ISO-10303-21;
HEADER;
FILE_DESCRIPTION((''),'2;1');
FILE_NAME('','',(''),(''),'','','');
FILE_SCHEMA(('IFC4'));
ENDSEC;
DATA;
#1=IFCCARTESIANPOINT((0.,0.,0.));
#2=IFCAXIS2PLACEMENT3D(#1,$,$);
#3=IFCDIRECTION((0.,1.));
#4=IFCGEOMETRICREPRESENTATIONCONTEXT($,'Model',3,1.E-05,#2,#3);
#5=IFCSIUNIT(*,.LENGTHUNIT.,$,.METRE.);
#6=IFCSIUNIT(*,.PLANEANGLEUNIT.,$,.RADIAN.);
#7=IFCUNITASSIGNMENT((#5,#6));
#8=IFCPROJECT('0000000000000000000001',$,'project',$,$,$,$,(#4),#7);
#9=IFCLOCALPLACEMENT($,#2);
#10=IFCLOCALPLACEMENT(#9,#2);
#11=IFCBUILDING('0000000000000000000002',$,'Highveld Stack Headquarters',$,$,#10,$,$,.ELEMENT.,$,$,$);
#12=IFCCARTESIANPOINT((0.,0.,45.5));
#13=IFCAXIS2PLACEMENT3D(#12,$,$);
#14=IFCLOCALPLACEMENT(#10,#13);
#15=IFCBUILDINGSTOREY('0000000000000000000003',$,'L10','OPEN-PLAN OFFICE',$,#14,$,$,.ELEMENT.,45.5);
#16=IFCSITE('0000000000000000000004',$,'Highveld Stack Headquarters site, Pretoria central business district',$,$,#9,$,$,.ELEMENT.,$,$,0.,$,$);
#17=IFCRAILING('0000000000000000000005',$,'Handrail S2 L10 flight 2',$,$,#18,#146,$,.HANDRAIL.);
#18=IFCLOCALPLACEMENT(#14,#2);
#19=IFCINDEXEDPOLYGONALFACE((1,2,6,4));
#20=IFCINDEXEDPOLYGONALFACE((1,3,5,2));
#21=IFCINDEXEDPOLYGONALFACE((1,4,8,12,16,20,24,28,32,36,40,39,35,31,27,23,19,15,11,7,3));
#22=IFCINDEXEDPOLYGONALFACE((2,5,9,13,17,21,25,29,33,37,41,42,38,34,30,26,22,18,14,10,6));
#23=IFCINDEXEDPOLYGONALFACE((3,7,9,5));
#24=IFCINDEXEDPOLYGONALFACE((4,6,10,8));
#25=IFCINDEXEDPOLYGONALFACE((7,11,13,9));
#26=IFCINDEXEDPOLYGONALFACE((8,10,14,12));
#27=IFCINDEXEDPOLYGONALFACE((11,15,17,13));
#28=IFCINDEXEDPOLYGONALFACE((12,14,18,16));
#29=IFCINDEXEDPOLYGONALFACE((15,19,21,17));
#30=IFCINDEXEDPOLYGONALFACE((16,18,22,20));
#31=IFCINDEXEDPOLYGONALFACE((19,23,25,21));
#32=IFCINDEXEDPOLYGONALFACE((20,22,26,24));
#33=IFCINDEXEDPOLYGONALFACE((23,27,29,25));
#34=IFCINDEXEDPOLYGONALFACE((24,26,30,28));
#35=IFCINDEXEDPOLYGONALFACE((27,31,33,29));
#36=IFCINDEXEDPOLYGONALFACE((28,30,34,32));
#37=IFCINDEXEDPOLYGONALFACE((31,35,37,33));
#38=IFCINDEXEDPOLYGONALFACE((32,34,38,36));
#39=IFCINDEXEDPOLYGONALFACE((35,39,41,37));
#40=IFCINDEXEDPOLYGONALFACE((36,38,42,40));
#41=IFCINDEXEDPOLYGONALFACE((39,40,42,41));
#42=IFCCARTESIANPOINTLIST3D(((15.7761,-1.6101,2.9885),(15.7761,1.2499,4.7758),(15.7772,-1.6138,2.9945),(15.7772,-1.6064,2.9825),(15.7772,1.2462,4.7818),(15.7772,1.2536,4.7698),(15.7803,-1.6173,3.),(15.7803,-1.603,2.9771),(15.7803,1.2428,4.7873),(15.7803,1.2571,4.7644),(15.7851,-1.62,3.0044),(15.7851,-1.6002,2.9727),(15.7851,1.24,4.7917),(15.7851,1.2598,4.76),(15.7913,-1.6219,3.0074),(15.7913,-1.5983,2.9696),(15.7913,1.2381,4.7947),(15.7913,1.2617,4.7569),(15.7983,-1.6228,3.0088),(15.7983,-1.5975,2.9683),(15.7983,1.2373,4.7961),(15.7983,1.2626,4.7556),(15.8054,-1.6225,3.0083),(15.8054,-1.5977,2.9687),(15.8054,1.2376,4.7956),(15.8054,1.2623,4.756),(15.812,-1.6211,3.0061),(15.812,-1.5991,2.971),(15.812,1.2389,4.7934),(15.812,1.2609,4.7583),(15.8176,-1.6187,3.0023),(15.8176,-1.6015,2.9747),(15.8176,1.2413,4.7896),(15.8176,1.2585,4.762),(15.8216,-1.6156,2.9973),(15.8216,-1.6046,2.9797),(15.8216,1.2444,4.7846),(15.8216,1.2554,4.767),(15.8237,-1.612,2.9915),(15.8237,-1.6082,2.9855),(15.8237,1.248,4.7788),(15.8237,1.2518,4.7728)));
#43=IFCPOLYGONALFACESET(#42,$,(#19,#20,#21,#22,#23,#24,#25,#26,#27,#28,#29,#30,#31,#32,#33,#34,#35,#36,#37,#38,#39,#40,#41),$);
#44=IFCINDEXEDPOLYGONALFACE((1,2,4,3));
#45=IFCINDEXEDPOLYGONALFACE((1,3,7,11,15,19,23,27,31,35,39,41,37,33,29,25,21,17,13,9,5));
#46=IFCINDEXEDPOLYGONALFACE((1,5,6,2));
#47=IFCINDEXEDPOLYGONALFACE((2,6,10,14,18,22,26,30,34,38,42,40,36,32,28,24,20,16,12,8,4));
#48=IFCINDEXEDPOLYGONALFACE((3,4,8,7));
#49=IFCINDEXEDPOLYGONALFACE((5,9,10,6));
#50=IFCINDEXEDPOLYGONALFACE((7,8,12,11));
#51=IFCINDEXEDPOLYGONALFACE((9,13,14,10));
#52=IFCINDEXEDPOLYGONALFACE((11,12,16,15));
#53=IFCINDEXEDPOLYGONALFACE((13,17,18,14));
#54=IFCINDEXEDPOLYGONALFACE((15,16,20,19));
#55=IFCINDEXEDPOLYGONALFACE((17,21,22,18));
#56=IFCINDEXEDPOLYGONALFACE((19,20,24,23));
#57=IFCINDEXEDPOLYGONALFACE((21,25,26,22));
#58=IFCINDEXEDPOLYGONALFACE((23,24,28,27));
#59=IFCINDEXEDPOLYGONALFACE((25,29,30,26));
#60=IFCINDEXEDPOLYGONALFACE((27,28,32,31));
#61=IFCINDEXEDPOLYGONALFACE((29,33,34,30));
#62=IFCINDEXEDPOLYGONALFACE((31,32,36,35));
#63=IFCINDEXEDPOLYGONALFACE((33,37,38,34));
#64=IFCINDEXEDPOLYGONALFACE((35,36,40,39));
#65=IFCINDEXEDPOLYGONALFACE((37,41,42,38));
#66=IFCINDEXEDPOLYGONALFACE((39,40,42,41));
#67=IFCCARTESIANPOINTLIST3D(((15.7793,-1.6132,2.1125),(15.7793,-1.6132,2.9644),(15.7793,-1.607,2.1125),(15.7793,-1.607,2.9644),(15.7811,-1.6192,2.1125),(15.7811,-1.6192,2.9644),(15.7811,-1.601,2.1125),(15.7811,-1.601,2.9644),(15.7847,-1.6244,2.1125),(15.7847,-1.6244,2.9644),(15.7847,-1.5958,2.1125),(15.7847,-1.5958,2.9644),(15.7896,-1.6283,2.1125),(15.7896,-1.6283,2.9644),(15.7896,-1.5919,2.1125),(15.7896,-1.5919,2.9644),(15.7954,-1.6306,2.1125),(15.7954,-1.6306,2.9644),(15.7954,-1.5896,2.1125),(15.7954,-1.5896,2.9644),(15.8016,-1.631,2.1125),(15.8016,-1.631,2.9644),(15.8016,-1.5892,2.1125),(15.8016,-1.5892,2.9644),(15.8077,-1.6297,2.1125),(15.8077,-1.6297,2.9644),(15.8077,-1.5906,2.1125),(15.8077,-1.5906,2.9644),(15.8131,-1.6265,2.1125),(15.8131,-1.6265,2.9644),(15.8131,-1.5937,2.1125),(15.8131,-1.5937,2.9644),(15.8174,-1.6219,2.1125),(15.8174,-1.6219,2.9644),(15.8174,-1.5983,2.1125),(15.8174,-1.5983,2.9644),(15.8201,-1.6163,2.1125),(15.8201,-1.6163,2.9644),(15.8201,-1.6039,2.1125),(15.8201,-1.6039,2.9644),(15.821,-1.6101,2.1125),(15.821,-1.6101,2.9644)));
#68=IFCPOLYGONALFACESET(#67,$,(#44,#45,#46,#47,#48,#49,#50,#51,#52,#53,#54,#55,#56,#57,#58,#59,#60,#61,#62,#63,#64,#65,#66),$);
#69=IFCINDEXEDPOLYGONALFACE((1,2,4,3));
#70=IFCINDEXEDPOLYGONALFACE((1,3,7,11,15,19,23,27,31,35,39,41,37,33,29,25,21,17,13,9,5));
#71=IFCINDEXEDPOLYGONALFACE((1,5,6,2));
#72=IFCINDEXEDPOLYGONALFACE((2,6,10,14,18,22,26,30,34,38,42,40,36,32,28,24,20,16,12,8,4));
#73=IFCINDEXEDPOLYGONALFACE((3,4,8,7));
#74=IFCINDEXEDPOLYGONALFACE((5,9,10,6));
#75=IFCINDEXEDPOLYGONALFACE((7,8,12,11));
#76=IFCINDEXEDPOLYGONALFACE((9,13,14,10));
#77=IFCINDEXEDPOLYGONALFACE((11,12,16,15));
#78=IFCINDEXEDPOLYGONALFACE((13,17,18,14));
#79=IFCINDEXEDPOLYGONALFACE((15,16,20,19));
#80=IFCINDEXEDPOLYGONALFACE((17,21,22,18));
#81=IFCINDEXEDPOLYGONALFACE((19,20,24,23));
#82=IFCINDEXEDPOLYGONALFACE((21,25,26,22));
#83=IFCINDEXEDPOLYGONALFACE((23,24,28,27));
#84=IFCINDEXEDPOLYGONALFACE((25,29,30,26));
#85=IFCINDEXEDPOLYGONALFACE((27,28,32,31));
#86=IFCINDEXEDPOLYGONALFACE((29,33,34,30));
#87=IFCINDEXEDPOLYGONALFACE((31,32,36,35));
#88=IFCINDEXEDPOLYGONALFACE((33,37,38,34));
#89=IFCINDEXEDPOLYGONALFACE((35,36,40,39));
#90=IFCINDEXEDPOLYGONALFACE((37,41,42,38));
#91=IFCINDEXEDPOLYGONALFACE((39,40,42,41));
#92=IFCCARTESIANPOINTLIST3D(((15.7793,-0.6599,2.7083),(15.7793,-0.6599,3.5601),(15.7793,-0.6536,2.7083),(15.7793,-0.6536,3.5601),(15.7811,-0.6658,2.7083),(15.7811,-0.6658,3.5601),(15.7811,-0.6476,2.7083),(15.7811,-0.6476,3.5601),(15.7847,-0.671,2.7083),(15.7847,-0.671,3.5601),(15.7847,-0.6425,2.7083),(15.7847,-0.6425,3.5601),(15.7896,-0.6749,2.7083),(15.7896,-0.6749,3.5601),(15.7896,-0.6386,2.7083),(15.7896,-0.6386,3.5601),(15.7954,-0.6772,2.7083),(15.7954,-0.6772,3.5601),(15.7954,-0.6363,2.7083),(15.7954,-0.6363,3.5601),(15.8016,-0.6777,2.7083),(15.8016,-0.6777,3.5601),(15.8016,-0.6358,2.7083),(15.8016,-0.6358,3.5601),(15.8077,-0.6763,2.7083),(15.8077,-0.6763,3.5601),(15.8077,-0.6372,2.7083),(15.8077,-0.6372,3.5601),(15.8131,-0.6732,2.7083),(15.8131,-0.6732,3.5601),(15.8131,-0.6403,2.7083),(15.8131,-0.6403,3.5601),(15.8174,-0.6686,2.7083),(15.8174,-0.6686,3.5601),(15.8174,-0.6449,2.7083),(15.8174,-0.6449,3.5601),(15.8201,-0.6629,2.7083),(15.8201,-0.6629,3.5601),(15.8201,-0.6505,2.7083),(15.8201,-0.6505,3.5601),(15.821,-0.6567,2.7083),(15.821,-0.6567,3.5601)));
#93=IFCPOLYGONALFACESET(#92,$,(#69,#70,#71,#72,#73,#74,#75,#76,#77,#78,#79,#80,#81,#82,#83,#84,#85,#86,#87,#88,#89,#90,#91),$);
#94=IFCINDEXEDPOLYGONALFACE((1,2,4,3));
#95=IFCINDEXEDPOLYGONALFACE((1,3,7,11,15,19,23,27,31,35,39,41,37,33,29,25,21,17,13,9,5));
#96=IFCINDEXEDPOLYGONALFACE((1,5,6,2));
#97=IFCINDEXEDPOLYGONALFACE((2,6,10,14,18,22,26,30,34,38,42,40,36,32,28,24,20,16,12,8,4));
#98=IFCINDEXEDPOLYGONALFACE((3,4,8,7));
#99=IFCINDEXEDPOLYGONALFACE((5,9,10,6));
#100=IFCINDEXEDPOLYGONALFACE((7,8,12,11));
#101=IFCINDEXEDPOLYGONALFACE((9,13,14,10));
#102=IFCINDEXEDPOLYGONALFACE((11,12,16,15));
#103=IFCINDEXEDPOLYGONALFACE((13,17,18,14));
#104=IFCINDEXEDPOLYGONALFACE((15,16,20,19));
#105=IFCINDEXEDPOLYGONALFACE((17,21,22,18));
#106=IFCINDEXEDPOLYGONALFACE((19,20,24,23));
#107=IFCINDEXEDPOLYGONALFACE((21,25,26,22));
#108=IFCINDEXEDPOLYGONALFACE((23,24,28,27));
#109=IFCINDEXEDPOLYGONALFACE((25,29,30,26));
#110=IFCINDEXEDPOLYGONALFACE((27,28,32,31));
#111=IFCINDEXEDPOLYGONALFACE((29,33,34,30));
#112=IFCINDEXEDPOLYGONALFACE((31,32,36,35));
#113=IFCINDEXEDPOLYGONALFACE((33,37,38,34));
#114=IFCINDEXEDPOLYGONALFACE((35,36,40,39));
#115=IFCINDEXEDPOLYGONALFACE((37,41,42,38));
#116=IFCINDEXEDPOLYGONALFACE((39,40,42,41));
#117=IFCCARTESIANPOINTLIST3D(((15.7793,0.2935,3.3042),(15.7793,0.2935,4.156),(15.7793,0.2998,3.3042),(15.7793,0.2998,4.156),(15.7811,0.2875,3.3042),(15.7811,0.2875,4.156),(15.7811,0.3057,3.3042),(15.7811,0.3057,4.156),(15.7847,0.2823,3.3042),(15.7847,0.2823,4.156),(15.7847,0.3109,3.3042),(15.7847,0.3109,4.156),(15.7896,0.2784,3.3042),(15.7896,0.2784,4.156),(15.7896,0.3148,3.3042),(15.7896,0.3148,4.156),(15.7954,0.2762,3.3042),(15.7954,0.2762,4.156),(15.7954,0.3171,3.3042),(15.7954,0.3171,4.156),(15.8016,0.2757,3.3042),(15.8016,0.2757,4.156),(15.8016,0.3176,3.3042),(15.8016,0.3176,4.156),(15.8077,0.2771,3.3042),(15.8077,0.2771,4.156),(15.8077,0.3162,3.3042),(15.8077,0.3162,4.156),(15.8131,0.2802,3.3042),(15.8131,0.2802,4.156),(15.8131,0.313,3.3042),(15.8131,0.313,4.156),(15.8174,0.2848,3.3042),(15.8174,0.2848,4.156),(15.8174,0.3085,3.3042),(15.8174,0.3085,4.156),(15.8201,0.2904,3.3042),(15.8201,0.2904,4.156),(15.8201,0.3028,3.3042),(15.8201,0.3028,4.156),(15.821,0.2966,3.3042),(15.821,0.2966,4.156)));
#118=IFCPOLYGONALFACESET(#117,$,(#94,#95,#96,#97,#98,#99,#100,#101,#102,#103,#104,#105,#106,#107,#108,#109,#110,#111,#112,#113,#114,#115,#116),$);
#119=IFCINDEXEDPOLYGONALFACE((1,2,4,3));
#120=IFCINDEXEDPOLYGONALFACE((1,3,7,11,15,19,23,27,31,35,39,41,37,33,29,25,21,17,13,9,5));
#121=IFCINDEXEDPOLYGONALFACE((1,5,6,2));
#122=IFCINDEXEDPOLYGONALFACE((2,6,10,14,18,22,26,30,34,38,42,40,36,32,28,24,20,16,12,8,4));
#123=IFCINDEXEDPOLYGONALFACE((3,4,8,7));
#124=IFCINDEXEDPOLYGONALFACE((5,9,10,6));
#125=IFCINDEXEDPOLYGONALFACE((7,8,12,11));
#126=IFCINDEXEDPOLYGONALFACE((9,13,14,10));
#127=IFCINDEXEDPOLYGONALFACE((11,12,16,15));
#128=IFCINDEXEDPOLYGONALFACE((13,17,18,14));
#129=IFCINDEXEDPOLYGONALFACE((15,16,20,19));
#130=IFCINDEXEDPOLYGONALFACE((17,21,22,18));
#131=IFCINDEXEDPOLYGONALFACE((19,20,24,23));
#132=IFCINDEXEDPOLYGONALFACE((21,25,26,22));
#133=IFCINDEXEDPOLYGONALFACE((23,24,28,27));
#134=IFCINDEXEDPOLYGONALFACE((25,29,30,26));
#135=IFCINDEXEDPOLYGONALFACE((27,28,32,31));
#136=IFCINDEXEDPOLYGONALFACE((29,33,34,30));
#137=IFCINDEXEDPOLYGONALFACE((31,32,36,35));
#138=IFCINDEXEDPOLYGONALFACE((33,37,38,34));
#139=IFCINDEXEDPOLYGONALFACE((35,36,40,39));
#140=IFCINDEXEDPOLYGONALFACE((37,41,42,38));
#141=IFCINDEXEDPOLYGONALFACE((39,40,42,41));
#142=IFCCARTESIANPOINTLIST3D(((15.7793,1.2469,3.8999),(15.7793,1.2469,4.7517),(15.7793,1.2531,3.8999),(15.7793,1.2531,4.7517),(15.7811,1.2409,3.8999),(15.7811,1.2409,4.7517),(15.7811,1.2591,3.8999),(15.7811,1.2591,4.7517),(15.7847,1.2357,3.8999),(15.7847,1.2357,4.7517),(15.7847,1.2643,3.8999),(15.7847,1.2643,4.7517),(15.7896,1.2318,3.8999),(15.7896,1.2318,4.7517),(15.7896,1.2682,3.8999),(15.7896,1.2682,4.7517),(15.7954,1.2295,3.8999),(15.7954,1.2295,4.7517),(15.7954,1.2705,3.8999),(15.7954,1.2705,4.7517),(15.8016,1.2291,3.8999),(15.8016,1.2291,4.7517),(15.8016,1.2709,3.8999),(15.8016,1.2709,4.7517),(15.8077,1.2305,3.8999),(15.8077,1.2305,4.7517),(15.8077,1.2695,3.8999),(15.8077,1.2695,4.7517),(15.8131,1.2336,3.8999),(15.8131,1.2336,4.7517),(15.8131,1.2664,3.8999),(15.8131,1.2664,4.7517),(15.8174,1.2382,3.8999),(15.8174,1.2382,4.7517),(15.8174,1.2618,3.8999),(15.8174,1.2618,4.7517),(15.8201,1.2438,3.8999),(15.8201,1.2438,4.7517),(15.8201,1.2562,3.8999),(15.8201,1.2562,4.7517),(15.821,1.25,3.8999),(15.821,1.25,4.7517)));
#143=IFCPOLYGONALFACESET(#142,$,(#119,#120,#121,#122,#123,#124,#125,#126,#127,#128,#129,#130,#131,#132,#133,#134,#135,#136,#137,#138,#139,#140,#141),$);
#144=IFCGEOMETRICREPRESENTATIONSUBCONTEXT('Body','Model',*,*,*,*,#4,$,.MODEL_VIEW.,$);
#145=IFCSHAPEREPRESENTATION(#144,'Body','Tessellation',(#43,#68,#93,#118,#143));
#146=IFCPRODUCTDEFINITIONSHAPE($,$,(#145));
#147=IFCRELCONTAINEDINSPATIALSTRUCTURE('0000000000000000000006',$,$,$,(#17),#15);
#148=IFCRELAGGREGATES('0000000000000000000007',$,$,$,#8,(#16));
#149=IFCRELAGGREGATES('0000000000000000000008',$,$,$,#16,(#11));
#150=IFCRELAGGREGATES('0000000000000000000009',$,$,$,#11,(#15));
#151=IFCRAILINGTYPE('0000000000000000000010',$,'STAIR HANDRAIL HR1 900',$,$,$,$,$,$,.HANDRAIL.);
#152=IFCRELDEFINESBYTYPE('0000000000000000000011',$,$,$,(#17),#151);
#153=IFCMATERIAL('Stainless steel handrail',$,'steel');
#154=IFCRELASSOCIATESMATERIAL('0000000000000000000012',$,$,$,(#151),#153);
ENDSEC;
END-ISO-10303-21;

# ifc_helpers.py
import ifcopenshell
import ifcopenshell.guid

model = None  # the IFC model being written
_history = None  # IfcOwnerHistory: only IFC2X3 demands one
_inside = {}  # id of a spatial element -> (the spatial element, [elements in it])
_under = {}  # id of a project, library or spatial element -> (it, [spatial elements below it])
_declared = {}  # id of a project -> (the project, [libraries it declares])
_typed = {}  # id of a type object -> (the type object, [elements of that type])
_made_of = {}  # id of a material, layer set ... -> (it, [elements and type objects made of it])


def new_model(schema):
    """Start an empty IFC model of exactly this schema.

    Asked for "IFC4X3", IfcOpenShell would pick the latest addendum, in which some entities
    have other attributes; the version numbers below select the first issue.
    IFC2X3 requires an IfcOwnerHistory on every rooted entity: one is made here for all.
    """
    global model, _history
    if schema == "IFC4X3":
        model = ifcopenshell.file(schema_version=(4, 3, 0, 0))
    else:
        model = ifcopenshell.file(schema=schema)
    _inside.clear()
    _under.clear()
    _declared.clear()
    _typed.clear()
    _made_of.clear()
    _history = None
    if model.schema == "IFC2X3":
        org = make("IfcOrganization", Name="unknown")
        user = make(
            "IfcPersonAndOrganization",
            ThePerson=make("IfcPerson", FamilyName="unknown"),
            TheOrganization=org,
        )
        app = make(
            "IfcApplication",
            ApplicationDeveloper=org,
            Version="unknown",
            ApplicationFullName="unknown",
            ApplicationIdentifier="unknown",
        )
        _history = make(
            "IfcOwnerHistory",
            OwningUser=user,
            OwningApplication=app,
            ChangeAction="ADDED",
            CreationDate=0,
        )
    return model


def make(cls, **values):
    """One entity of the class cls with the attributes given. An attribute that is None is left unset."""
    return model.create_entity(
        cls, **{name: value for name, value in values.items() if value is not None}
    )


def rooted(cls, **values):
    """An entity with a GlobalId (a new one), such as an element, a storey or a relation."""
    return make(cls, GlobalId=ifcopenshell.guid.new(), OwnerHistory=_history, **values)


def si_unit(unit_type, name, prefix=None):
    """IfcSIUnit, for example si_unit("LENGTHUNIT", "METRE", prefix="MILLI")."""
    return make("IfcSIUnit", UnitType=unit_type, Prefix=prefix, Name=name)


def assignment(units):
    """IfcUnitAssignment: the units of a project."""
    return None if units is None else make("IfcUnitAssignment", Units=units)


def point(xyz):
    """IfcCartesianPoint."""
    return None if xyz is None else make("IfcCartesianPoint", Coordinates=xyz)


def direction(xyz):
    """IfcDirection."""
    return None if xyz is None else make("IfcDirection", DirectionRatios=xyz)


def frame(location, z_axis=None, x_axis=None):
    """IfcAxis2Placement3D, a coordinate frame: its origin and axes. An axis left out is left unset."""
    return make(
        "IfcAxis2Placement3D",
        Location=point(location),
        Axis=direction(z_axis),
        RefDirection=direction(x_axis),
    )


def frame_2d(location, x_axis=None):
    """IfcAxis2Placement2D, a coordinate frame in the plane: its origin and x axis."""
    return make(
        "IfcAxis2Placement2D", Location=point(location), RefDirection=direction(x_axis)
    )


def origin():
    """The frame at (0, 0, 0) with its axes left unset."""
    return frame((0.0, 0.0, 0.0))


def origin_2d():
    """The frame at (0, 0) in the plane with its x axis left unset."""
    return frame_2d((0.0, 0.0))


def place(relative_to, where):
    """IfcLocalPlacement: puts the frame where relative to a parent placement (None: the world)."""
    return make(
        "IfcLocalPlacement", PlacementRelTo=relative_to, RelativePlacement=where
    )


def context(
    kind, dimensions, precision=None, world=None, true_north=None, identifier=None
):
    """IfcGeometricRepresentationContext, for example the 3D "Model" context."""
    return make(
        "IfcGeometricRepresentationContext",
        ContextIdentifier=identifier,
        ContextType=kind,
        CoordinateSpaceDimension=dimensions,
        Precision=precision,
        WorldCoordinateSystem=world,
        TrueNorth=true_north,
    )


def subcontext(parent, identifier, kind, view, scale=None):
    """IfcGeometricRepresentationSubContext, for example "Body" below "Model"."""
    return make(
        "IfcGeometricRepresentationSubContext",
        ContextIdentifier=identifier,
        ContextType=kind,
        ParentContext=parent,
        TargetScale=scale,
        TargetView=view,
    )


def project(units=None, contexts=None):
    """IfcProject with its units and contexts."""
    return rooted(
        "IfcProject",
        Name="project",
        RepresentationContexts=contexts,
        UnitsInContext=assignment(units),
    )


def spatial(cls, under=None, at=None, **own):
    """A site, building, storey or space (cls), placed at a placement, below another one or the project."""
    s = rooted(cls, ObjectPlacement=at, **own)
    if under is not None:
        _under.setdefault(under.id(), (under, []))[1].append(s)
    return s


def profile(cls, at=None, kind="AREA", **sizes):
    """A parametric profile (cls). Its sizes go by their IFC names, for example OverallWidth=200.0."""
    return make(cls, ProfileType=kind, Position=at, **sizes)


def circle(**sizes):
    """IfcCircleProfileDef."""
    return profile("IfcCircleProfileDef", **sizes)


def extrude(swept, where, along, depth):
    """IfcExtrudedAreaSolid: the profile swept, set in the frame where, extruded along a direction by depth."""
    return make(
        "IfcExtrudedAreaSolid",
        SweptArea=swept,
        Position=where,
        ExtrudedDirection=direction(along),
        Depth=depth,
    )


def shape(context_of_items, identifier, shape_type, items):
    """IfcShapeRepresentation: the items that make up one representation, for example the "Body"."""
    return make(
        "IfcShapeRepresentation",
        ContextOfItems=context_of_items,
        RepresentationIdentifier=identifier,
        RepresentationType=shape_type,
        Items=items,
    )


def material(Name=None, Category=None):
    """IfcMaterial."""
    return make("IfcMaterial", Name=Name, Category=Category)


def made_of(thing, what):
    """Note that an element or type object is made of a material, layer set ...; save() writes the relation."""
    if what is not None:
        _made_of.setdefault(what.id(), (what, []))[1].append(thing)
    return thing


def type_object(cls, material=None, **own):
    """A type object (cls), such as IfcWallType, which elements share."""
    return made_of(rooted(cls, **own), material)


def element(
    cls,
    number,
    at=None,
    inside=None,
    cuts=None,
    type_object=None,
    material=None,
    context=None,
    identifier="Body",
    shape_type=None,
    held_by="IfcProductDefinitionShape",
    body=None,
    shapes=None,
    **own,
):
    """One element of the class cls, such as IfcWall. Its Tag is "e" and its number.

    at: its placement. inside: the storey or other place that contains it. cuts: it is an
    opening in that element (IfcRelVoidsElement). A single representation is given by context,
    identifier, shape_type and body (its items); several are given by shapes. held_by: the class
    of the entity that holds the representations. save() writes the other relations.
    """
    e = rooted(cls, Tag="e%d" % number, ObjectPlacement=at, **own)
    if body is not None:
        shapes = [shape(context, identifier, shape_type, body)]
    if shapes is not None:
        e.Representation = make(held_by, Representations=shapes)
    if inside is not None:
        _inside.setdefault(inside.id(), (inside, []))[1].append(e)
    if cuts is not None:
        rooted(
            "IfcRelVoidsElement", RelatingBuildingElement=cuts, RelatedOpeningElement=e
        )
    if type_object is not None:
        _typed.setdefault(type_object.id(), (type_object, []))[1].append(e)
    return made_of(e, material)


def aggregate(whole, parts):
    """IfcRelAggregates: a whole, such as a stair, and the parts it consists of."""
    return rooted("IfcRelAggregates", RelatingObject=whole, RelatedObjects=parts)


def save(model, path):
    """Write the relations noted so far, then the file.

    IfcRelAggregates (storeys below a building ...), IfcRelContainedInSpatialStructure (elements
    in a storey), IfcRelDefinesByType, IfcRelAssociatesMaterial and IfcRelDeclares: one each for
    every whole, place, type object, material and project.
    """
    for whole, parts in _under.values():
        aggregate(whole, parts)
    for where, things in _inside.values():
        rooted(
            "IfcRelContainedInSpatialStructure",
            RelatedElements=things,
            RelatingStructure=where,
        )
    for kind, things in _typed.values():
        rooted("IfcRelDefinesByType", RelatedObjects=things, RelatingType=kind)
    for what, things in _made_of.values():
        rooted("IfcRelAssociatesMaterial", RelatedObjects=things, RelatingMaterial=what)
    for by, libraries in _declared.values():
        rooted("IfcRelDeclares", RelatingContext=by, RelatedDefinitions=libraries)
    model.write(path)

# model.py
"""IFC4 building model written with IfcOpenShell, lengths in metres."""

from ifc_helpers import new_model, si_unit, direction, frame, origin, origin_2d, place, context, subcontext, project, spatial, circle, extrude, material, type_object, element, save


model = new_model("IFC4")

# Units and contexts
model_context = context("Model", 3, precision=1e-05, world=origin(), true_north=direction((0.0, 1.0)))
body_context = subcontext(model_context, "Body", "Model", "MODEL_VIEW")
ifc_project = project(units=[si_unit("LENGTHUNIT", "METRE"), si_unit("PLANEANGLEUNIT", "RADIAN")], contexts=[model_context])

# Site, building, storey
site_placement = place(None, origin())
site = spatial("IfcSite", under=ifc_project, at=site_placement, Name="Highveld Stack Headquarters site, Pretoria central business district", CompositionType="ELEMENT", RefElevation=0.0)
building_placement = place(site_placement, origin())
building = spatial("IfcBuilding", under=site, at=building_placement, Name="Highveld Stack Headquarters", CompositionType="ELEMENT")
storey_placement = place(building_placement, frame((0.0, 0.0, 45.5)))
storey = spatial("IfcBuildingStorey", under=building, at=storey_placement, Name="L10", Description="OPEN-PLAN OFFICE", CompositionType="ELEMENT", Elevation=45.5)

# Railing
ifc_material_1 = material(Name="Stainless steel handrail", Category="steel")
railing_type = type_object("IfcRailingType", Name="STAIR HANDRAIL HR1 900", PredefinedType="HANDRAIL", material=ifc_material_1)
for number, where, name in (
    (1, (15.8, -1.6101, 2.1125), "Handrail S2 L10 flight 2"),
):
    element("IfcRailing", number, at=place(storey_placement, frame(where)), inside=storey, type_object=railing_type, Name=name, PredefinedType="HANDRAIL", context=body_context, shape_type="SweptSolid", body=[
        extrude(circle(Radius=0.0239, at=origin_2d()), frame((0.0, 0.0, 0.876), z_axis=(0.0, 0.848027, 0.529953), x_axis=(-1.0, 0.0, 0.0)), (0.0, 0.0, 1.0), 3.3726),
        extrude(circle(Radius=0.021, at=origin_2d()), origin(), (0.0, 0.0, 1.0), 0.8518),
        extrude(circle(Radius=0.021, at=origin_2d()), frame((0.0, 0.9534, 0.5957)), (0.0, 0.0, 1.0), 0.8518),
        extrude(circle(Radius=0.021, at=origin_2d()), frame((0.0, 1.9067, 1.1917)), (0.0, 0.0, 1.0), 0.8518),
        extrude(circle(Radius=0.021, at=origin_2d()), frame((0.0, 2.8601, 1.7874)), (0.0, 0.0, 1.0), 0.8518),
    ])

save(model, "model.ifc")
